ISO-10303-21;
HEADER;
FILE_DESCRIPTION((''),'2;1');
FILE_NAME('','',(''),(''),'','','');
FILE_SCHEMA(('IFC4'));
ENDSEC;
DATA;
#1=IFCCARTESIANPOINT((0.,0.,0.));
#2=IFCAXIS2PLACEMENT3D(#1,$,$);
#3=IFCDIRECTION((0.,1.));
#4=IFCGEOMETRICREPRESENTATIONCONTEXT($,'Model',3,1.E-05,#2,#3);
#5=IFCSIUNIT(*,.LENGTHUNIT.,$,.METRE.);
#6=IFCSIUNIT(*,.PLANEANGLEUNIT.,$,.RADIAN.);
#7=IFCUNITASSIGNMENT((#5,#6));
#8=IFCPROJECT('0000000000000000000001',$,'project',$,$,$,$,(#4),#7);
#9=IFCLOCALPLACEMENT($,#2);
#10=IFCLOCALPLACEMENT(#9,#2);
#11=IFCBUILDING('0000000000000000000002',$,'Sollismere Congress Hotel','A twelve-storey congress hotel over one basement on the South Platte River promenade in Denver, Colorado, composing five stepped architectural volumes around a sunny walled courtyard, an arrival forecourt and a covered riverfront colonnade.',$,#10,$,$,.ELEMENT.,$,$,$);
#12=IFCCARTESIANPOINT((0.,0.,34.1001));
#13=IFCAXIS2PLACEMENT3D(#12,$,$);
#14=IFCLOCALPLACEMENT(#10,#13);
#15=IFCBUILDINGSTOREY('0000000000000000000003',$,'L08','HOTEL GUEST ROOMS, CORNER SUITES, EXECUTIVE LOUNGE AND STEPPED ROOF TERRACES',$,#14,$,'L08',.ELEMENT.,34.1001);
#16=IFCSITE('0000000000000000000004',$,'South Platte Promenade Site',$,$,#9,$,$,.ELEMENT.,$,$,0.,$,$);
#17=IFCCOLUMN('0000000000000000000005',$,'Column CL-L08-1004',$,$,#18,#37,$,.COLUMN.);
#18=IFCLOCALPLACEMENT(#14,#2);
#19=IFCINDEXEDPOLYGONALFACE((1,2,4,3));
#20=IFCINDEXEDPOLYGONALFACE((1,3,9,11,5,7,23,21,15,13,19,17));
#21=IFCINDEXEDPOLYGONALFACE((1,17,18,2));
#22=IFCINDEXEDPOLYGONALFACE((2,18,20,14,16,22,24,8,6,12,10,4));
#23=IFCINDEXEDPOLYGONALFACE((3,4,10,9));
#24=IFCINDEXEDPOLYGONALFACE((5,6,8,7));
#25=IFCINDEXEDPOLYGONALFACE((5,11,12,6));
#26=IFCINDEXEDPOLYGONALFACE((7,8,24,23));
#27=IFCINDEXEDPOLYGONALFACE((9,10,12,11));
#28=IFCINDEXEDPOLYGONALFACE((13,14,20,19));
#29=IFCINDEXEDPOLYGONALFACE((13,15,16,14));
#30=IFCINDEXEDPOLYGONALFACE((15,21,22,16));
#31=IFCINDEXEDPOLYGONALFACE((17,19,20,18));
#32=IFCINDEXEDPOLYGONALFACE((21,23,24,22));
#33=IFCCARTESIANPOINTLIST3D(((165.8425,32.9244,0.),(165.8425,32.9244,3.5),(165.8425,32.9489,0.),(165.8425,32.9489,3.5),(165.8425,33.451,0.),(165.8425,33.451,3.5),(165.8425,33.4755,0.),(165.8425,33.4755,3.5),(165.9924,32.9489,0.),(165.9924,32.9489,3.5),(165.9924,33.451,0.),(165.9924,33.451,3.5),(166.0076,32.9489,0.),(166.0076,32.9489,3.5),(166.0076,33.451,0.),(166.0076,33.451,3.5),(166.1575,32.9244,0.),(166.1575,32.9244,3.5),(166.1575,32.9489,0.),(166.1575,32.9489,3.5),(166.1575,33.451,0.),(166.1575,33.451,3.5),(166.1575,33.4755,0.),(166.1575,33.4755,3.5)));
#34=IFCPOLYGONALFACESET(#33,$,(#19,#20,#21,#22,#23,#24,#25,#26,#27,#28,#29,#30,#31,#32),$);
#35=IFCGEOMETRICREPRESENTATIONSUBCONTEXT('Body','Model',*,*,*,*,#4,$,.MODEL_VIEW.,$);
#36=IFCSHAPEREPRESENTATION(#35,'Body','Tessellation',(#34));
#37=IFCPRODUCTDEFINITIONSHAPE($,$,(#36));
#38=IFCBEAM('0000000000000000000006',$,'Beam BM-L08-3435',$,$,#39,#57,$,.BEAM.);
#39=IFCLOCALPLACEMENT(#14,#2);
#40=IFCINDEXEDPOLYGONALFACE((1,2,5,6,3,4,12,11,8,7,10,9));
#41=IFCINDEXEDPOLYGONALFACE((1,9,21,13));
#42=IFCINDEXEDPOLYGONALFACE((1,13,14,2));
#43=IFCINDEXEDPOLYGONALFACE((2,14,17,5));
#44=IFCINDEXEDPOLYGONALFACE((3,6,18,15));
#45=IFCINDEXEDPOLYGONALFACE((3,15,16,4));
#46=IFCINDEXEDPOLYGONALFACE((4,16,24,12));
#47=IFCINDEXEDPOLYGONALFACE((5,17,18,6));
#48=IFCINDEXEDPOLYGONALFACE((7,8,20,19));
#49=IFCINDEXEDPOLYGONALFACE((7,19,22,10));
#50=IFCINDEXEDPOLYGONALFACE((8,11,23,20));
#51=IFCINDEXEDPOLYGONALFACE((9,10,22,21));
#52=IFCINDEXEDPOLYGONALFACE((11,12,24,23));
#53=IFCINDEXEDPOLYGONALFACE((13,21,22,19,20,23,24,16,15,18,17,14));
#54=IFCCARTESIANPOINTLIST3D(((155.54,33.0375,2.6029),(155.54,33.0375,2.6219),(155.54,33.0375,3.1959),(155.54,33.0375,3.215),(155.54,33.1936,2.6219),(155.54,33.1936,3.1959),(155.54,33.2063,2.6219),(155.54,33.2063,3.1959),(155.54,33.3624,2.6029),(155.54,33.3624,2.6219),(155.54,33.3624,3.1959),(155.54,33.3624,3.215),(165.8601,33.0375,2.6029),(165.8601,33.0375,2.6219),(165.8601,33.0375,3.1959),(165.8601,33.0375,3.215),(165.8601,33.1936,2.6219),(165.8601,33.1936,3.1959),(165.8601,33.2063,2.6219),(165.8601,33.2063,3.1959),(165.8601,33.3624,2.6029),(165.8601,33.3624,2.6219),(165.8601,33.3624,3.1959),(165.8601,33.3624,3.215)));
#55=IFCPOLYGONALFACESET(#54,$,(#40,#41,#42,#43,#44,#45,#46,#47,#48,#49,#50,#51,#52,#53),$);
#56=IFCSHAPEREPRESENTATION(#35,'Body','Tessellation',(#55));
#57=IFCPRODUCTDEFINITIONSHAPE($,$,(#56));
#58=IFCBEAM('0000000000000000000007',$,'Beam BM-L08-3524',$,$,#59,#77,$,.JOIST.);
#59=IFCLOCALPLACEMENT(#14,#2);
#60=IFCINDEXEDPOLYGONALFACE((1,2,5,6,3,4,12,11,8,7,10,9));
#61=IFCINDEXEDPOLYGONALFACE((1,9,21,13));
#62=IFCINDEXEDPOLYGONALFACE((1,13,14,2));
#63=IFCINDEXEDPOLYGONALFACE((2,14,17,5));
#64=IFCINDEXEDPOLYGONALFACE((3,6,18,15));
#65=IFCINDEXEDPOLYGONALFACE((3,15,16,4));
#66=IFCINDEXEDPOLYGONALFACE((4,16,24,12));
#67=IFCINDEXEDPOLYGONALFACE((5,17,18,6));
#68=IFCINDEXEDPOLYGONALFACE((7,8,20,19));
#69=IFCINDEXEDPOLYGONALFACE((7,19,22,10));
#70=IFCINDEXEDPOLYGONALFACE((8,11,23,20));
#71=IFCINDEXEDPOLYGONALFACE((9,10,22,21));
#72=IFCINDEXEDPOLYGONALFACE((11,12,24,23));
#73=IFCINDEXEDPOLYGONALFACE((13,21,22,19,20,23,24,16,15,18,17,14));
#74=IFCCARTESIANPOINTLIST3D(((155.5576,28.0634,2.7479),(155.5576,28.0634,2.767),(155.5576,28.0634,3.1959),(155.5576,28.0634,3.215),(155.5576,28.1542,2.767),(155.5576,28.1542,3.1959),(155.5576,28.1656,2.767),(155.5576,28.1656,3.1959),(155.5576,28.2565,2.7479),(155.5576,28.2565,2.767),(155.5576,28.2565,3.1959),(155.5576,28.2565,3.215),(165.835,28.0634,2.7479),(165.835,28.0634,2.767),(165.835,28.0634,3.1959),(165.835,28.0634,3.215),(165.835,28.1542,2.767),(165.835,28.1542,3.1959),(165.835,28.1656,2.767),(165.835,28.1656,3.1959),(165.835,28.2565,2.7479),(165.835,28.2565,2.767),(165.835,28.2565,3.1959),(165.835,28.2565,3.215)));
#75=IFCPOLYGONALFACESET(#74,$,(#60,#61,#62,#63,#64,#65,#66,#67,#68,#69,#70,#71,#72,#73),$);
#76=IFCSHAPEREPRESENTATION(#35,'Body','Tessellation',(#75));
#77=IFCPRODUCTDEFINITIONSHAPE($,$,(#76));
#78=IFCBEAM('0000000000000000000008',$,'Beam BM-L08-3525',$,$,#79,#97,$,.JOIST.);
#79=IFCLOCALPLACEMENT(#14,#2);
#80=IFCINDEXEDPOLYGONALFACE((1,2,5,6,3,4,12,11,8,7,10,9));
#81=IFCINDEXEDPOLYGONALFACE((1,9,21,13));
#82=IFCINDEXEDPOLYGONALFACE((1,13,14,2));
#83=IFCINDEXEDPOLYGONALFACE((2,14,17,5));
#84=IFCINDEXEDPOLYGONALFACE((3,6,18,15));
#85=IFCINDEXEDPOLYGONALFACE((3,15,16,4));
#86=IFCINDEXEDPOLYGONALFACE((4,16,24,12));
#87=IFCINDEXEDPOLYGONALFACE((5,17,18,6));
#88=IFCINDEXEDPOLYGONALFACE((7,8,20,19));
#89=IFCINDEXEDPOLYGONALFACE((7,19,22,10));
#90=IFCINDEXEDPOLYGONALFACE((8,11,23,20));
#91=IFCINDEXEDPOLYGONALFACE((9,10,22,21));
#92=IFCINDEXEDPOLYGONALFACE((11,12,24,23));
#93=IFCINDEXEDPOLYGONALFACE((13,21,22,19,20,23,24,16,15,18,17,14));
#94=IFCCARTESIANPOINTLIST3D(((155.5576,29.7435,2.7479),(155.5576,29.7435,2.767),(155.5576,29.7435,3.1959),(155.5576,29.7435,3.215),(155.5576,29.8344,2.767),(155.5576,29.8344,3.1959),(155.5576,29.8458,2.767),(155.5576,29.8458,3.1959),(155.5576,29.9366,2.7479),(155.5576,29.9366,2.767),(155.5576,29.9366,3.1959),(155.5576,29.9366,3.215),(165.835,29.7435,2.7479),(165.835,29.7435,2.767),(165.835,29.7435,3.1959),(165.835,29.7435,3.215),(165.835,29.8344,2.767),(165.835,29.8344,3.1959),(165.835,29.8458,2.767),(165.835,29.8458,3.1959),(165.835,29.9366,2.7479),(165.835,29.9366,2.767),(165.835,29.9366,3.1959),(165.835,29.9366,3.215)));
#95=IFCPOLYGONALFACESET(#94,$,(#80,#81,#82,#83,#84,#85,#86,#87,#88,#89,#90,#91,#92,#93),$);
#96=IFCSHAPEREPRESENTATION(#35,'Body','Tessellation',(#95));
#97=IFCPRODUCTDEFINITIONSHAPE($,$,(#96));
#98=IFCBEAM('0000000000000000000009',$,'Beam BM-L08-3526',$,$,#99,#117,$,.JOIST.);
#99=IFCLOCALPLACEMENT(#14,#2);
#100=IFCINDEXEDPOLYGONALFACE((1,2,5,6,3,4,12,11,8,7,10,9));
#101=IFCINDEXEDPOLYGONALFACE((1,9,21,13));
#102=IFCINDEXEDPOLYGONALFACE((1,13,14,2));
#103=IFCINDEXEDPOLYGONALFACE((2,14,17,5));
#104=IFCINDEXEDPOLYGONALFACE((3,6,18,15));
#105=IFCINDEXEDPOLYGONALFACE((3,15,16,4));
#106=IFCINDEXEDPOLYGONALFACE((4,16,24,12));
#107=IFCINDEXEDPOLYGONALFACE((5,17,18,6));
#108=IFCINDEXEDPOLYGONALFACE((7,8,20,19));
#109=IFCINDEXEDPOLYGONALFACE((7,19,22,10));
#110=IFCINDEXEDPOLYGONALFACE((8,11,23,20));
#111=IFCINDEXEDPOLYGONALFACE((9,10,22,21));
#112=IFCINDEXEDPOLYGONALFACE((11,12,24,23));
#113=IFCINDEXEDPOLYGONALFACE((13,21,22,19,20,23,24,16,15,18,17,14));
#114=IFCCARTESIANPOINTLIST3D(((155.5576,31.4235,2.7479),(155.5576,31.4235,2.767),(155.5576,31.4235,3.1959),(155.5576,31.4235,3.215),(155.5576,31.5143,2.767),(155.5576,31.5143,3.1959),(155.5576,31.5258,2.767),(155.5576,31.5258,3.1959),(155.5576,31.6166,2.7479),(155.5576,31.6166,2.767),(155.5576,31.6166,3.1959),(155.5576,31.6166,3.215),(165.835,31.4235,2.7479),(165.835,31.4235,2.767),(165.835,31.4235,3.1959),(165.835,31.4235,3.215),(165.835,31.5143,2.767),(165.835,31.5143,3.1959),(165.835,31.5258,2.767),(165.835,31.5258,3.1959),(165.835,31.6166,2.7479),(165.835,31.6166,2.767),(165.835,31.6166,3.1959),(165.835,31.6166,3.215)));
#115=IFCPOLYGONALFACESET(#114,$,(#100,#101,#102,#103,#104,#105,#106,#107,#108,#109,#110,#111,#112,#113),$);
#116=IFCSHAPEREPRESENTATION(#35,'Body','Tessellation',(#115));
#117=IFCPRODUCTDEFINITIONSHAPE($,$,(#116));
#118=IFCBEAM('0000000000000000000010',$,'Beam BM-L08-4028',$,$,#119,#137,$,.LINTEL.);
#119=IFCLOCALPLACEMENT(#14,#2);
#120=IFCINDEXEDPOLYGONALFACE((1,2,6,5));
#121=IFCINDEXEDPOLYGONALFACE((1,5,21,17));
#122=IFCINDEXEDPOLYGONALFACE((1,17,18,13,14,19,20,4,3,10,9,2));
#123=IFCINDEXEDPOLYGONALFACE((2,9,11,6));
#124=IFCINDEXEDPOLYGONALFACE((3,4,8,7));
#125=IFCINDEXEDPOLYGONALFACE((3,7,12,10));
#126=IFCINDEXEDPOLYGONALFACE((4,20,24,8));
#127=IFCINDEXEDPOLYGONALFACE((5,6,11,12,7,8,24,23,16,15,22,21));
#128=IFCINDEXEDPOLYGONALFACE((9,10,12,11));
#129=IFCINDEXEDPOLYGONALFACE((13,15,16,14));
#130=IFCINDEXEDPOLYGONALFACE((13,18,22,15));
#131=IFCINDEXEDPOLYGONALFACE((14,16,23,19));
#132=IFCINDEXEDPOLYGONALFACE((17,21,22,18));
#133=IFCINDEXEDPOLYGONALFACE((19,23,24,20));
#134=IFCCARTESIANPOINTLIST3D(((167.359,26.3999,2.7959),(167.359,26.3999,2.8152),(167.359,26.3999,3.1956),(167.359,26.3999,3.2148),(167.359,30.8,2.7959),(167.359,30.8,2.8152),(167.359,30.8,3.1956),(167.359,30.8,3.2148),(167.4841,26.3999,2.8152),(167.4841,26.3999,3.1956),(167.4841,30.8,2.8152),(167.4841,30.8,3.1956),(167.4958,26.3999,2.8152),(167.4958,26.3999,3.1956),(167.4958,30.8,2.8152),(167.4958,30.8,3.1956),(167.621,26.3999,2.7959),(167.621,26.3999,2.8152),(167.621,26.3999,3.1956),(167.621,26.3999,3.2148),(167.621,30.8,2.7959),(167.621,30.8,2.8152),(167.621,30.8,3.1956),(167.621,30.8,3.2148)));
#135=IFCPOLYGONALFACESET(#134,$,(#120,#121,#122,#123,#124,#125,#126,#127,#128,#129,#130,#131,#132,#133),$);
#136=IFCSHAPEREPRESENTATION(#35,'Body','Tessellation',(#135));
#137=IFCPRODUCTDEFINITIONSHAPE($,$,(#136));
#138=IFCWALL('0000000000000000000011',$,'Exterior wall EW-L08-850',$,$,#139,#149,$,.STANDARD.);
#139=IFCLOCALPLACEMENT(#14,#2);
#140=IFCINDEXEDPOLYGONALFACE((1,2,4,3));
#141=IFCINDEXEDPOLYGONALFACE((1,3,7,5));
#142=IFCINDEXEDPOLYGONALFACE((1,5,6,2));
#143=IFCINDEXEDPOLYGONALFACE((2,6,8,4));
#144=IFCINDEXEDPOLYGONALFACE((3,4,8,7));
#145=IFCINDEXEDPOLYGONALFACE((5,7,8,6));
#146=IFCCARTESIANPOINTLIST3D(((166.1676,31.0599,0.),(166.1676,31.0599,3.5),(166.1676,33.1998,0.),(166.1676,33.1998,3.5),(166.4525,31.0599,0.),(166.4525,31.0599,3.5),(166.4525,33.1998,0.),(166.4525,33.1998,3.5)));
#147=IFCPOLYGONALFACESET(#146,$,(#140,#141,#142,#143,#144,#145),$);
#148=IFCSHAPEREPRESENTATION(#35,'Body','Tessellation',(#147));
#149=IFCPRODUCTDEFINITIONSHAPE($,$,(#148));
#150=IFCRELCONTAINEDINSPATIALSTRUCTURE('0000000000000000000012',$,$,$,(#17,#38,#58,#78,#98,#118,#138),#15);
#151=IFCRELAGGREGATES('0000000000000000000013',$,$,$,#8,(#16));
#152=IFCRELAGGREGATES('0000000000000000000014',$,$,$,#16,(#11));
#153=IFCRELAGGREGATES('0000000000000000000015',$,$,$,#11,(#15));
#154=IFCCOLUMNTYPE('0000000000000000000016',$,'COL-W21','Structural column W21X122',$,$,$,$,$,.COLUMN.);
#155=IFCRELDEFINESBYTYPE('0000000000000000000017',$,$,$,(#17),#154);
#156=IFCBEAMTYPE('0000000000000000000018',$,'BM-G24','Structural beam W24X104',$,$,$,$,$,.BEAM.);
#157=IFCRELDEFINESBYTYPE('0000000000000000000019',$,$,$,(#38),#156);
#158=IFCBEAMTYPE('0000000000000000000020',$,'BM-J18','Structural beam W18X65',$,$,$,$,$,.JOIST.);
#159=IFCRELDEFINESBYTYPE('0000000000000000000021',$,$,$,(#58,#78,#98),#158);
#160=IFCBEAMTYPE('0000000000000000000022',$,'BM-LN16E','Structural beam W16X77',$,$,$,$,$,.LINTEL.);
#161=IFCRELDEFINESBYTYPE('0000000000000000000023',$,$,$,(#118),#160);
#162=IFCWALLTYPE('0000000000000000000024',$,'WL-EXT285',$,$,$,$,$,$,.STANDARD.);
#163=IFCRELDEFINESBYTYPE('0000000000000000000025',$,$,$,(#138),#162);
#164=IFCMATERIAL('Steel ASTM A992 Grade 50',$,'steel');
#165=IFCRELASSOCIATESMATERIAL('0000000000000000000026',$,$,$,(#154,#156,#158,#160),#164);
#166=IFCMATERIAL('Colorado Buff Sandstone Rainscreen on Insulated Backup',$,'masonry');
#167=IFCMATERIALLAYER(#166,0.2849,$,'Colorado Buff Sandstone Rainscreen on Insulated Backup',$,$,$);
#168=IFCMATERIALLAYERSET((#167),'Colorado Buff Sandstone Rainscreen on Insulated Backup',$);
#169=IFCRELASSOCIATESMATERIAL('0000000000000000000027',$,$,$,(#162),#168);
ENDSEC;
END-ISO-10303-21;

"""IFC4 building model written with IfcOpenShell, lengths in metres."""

from ifc_helpers import new_model, si_unit, direction, frame, frame_2d, origin, origin_2d, place, context, subcontext, project, spatial, rectangle, i_section, extrude, material, layer, layer_set, material_profile, profile_set, type_object, element, save


model = new_model("IFC4")

# Units and contexts
model_context = context("Model", 3, precision=1e-05, world=origin(), true_north=direction((0.0, 1.0)))
body_context = subcontext(model_context, "Body", "Model", "MODEL_VIEW")
ifc_project = project(units=[si_unit("LENGTHUNIT", "METRE"), si_unit("PLANEANGLEUNIT", "RADIAN")], contexts=[model_context])

# Site, building, storey
site_placement = place(None, origin())
site = spatial("IfcSite", under=ifc_project, at=site_placement, Name="South Platte Promenade Site", CompositionType="ELEMENT", RefElevation=0.0)
building_placement = place(site_placement, origin())
building = spatial("IfcBuilding", under=site, at=building_placement, Name="Sollismere Congress Hotel", Description="A twelve-storey congress hotel over one basement on the South Platte River promenade in Denver, Colorado, composing five stepped architectural volumes around a sunny walled courtyard, an arrival forecourt and a covered riverfront colonnade.", CompositionType="ELEMENT")
storey_placement = place(building_placement, frame((0.0, 0.0, 34.1001)))
storey = spatial("IfcBuildingStorey", under=building, at=storey_placement, Name="L08", Description="HOTEL GUEST ROOMS, CORNER SUITES, EXECUTIVE LOUNGE AND STEPPED ROOF TERRACES", LongName="L08", CompositionType="ELEMENT", Elevation=34.1001)

# Column
ifc_material_1 = material(Name="Steel ASTM A992 Grade 50", Category="steel")
ifc_material_profile_1 = material_profile(ifc_material_1, i_section(OverallWidth=0.3149, OverallDepth=0.551, WebThickness=0.0151, FlangeThickness=0.0244, at=origin_2d()), Name="W21X122")
ifc_profile_set_1 = profile_set([ifc_material_profile_1], Name="Steel ASTM A992 Grade 50")
column_type = type_object("IfcColumnType", Name="COL-W21", Description="Structural column W21X122", PredefinedType="COLUMN", material=ifc_profile_set_1)
column_placement = place(storey_placement, frame((166.0, 33.2, 0.0), z_axis=(0.0, 0.0, 1.0), x_axis=(1.0, 0.0, 0.0)))
element("IfcColumn", 1, at=column_placement, inside=storey, type_object=column_type, Name="Column CL-L08-1004", PredefinedType="COLUMN", context=body_context, shape_type="SweptSolid", body=[
    extrude(i_section(OverallWidth=0.3149, OverallDepth=0.551, WebThickness=0.0151, FlangeThickness=0.0244, at=origin_2d()), origin(), (0.0, 0.0, 1.0), 3.5),
])

# Beams
ifc_material_profile_2 = material_profile(ifc_material_1, i_section(OverallWidth=0.325, OverallDepth=0.6121, WebThickness=0.0127, FlangeThickness=0.019, at=origin_2d()), Name="W24X104")
ifc_profile_set_2 = profile_set([ifc_material_profile_2], Name="Steel ASTM A992 Grade 50")
beam_type_1 = type_object("IfcBeamType", Name="BM-G24", Description="Structural beam W24X104", PredefinedType="BEAM", material=ifc_profile_set_2)
beam_1_placement = place(storey_placement, frame((155.54, 33.2, 2.9089), z_axis=(1.0, 0.0, 0.0), x_axis=(0.0, 1.0, 0.0)))
element("IfcBeam", 2, at=beam_1_placement, inside=storey, type_object=beam_type_1, Name="Beam BM-L08-3435", PredefinedType="BEAM", context=body_context, shape_type="SweptSolid", body=[
    extrude(i_section(OverallWidth=0.325, OverallDepth=0.6121, WebThickness=0.0127, FlangeThickness=0.019, at=origin_2d()), origin(), (0.0, 0.0, 1.0), 10.3201),
])
ifc_material_profile_3 = material_profile(ifc_material_1, i_section(OverallWidth=0.1931, OverallDepth=0.467, WebThickness=0.0115, FlangeThickness=0.019, at=origin_2d()), Name="W18X65")
ifc_profile_set_3 = profile_set([ifc_material_profile_3], Name="Steel ASTM A992 Grade 50")
beam_type_2 = type_object("IfcBeamType", Name="BM-J18", Description="Structural beam W18X65", PredefinedType="JOIST", material=ifc_profile_set_3)
for number, where, z_axis, x_axis, name in (
    (3, (155.5576, 28.1599, 2.9814), (1.0, 0.0, 0.0), (0.0, 1.0, 0.0), "Beam BM-L08-3524"),
    (4, (155.5576, 29.8401, 2.9814), (1.0, 0.0, 0.0), (0.0, 1.0, 0.0), "Beam BM-L08-3525"),
    (5, (155.5576, 31.52, 2.9814), (1.0, 0.0, 0.0), (0.0, 1.0, 0.0), "Beam BM-L08-3526"),
):
    element("IfcBeam", number, at=place(storey_placement, frame(where, z_axis=z_axis, x_axis=x_axis)), inside=storey, type_object=beam_type_2, Name=name, PredefinedType="JOIST", context=body_context, shape_type="SweptSolid", body=[
        extrude(i_section(OverallWidth=0.1931, OverallDepth=0.467, WebThickness=0.0115, FlangeThickness=0.019, at=origin_2d()), origin(), (0.0, 0.0, 1.0), 10.2773),
    ])
ifc_material_profile_4 = material_profile(ifc_material_1, i_section(OverallWidth=0.262, OverallDepth=0.4189, WebThickness=0.0117, FlangeThickness=0.0193, at=origin_2d()), Name="W16X77")
ifc_profile_set_4 = profile_set([ifc_material_profile_4], Name="Steel ASTM A992 Grade 50")
beam_type_3 = type_object("IfcBeamType", Name="BM-LN16E", Description="Structural beam W16X77", PredefinedType="LINTEL", material=ifc_profile_set_4)
beam_2_placement = place(storey_placement, frame((167.49, 26.3999, 3.0054), z_axis=(0.0, 1.0, 0.0), x_axis=(-1.0, 0.0, 0.0)))
element("IfcBeam", 6, at=beam_2_placement, inside=storey, type_object=beam_type_3, Name="Beam BM-L08-4028", PredefinedType="LINTEL", context=body_context, shape_type="SweptSolid", body=[
    extrude(i_section(OverallWidth=0.262, OverallDepth=0.4189, WebThickness=0.0117, FlangeThickness=0.0193, at=origin_2d()), origin(), (0.0, 0.0, 1.0), 4.4001),
])

# Wall
ifc_material_2 = material(Name="Colorado Buff Sandstone Rainscreen on Insulated Backup", Category="masonry")
ifc_layer_1 = layer(ifc_material_2, 0.2849, Name="Colorado Buff Sandstone Rainscreen on Insulated Backup")
ifc_layer_set_1 = layer_set([ifc_layer_1], Name="Colorado Buff Sandstone Rainscreen on Insulated Backup")
wall_type_1 = type_object("IfcWallType", Name="WL-EXT285", PredefinedType="STANDARD", material=ifc_layer_set_1)
wall_1_placement = place(storey_placement, frame((166.3101, 31.0601, 0.0), z_axis=(0.0, 0.0, 1.0), x_axis=(0.0, 1.0, 0.0)))
element("IfcWall", 7, at=wall_1_placement, inside=storey, type_object=wall_type_1, Name="Exterior wall EW-L08-850", PredefinedType="STANDARD", context=body_context, shape_type="SweptSolid", body=[
    extrude(rectangle(XDim=2.1399, YDim=0.2849, at=frame_2d((1.0698, 0.0))), origin(), (0.0, 0.0, 1.0), 3.5),
])

save(model, "model.ifc")
